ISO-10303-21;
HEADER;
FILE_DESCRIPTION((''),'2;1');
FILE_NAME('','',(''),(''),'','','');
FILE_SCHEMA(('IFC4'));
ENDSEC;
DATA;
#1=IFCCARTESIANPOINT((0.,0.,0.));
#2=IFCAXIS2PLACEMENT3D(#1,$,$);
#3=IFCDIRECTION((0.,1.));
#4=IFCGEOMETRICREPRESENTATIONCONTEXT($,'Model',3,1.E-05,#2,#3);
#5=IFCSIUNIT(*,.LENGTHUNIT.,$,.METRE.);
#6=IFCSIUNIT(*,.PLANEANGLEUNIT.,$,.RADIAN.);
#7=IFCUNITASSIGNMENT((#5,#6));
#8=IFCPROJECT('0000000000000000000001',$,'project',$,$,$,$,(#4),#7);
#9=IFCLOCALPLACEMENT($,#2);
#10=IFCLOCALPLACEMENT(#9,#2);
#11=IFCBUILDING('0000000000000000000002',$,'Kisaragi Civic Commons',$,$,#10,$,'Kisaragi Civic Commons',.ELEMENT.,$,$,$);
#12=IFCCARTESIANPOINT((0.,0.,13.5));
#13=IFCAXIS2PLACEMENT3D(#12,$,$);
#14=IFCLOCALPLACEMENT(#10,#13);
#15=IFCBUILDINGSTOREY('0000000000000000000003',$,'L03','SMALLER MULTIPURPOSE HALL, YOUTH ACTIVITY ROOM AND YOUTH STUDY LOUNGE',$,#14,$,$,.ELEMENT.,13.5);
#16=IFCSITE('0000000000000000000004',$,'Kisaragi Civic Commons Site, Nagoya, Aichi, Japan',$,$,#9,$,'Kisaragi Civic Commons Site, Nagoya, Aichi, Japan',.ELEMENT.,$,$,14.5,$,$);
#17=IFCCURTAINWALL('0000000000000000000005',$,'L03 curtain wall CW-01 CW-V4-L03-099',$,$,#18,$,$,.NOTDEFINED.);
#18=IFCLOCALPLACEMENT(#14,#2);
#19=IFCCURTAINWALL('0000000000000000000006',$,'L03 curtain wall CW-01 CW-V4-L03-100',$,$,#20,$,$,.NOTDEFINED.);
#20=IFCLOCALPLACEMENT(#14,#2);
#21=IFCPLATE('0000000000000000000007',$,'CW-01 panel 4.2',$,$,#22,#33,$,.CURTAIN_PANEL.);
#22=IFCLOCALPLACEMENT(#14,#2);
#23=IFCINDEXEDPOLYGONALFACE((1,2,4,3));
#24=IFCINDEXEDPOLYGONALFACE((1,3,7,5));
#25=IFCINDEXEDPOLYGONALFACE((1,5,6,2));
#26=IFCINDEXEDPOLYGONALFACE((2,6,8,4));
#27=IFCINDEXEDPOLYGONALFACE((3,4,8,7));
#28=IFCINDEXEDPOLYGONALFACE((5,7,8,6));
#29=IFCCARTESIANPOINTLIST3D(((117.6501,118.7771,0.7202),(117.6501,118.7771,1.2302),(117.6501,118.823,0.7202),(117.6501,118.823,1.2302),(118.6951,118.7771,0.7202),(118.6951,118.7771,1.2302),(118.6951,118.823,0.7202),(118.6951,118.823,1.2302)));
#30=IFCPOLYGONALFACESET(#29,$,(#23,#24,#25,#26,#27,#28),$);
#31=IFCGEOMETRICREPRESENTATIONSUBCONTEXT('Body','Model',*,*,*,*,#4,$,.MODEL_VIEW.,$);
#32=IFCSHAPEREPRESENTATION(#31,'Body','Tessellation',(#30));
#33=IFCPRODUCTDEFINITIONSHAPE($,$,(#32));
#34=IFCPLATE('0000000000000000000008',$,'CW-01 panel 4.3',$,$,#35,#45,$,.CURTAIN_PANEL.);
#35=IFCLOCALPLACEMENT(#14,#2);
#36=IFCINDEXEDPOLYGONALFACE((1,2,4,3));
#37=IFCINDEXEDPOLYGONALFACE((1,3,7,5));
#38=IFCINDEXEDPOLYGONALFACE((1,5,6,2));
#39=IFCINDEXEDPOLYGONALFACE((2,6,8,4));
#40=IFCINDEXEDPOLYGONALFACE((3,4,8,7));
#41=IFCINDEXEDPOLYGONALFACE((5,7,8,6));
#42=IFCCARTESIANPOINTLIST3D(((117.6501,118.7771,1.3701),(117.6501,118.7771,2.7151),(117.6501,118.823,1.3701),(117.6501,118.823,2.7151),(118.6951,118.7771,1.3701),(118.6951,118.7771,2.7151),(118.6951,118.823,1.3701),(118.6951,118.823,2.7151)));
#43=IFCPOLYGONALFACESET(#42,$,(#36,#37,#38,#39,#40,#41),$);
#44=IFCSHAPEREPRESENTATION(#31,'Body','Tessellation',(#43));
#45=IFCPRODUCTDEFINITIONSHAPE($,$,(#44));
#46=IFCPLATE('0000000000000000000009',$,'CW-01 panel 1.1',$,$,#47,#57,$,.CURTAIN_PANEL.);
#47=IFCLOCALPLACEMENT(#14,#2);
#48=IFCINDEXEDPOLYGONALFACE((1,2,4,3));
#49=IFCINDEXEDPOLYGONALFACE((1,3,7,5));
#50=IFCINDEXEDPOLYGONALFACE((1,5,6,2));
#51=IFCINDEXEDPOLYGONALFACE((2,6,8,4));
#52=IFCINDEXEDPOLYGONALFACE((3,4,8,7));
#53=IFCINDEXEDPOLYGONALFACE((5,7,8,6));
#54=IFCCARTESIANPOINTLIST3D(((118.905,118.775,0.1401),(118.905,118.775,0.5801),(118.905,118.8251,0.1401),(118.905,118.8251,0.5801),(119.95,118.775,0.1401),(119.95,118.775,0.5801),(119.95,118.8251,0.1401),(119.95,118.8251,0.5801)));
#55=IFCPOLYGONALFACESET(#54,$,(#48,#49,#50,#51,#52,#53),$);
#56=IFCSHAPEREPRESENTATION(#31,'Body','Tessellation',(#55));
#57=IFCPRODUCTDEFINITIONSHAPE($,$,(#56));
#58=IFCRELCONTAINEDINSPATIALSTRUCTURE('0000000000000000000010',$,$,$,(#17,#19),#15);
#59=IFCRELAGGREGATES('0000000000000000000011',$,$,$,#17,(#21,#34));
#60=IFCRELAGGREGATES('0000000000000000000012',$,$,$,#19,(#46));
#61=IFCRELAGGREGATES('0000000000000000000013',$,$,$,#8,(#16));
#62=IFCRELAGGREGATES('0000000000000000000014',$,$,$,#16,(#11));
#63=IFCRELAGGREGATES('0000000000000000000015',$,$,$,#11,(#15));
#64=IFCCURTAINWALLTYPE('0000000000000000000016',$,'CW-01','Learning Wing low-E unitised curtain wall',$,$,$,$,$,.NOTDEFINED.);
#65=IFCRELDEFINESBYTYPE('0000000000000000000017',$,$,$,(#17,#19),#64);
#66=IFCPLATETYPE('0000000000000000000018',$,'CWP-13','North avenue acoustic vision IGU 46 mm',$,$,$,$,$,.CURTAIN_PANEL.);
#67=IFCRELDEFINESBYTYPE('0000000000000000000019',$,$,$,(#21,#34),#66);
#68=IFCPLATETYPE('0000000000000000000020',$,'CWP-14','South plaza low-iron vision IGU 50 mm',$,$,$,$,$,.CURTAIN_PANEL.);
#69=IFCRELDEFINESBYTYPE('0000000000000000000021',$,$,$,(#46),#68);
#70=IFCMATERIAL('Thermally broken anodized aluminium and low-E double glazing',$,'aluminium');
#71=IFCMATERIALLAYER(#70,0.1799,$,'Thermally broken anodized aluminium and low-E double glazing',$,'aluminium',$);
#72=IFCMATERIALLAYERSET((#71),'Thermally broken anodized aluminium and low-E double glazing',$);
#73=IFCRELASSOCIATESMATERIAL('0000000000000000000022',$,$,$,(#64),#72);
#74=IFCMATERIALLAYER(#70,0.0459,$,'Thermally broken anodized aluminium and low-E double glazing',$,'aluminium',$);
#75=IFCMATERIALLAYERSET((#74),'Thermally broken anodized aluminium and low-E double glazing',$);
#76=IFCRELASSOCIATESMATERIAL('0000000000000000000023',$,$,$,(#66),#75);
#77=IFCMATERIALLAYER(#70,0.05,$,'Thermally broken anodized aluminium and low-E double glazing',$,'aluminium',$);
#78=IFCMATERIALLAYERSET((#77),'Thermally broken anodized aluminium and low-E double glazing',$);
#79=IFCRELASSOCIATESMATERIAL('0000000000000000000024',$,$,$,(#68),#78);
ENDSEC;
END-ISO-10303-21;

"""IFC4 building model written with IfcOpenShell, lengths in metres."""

from ifc_helpers import new_model, si_unit, direction, frame, origin, origin_2d, place, context, subcontext, project, spatial, rectangle, extrude, material, layer, layer_set, type_object, element, aggregate, save


model = new_model("IFC4")

# Units and contexts
model_context = context("Model", 3, precision=1e-05, world=origin(), true_north=direction((0.0, 1.0)))
body_context = subcontext(model_context, "Body", "Model", "MODEL_VIEW")
ifc_project = project(units=[si_unit("LENGTHUNIT", "METRE"), si_unit("PLANEANGLEUNIT", "RADIAN")], contexts=[model_context])

# Site, building, storey
site_placement = place(None, origin())
site = spatial("IfcSite", under=ifc_project, at=site_placement, Name="Kisaragi Civic Commons Site, Nagoya, Aichi, Japan", LongName="Kisaragi Civic Commons Site, Nagoya, Aichi, Japan", CompositionType="ELEMENT", RefElevation=14.5)
building_placement = place(site_placement, origin())
building = spatial("IfcBuilding", under=site, at=building_placement, Name="Kisaragi Civic Commons", LongName="Kisaragi Civic Commons", CompositionType="ELEMENT")
storey_placement = place(building_placement, frame((0.0, 0.0, 13.5)))
storey = spatial("IfcBuildingStorey", under=building, at=storey_placement, Name="L03", Description="SMALLER MULTIPURPOSE HALL, YOUTH ACTIVITY ROOM AND YOUTH STUDY LOUNGE", CompositionType="ELEMENT", Elevation=13.5)

# Curtain wall
ifc_material = material(Name="Thermally broken anodized aluminium and low-E double glazing", Category="aluminium")
ifc_layer_1 = layer(ifc_material, 0.1799, Name="Thermally broken anodized aluminium and low-E double glazing", Category="aluminium")
ifc_layer_set_1 = layer_set([ifc_layer_1], Name="Thermally broken anodized aluminium and low-E double glazing")
curtain_wall_type = type_object("IfcCurtainWallType", Name="CW-01", Description="Learning Wing low-E unitised curtain wall", PredefinedType="NOTDEFINED", material=ifc_layer_set_1)
curtain_wall_1_placement = place(storey_placement, origin())
curtain_wall_1 = element("IfcCurtainWall", 1, at=curtain_wall_1_placement, inside=storey, type_object=curtain_wall_type, Name="L03 curtain wall CW-01 CW-V4-L03-099", PredefinedType="NOTDEFINED")

# Curtain wall
curtain_wall_2_placement = place(storey_placement, origin())
curtain_wall_2 = element("IfcCurtainWall", 2, at=curtain_wall_2_placement, inside=storey, type_object=curtain_wall_type, Name="L03 curtain wall CW-01 CW-V4-L03-100", PredefinedType="NOTDEFINED")

# Plates
ifc_layer_2 = layer(ifc_material, 0.0459, Name="Thermally broken anodized aluminium and low-E double glazing", Category="aluminium")
ifc_layer_set_2 = layer_set([ifc_layer_2], Name="Thermally broken anodized aluminium and low-E double glazing")
plate_type_1 = type_object("IfcPlateType", Name="CWP-13", Description="North avenue acoustic vision IGU 46 mm", PredefinedType="CURTAIN_PANEL", material=ifc_layer_set_2)
plate_1_placement = place(storey_placement, frame((118.1726, 118.8, 0.7202), z_axis=(0.0, 0.0, 1.0), x_axis=(1.0, 0.0, 0.0)))
plate_1 = element("IfcPlate", 3, at=plate_1_placement, type_object=plate_type_1, Name="CW-01 panel 4.2", PredefinedType="CURTAIN_PANEL", context=body_context, shape_type="SweptSolid", body=[
    extrude(rectangle(XDim=1.0449, YDim=0.0459, at=origin_2d()), origin(), (0.0, 0.0, 1.0), 0.51),
])
plate_2_placement = place(storey_placement, frame((118.1726, 118.8, 1.3701), z_axis=(0.0, 0.0, 1.0), x_axis=(1.0, 0.0, 0.0)))
plate_2 = element("IfcPlate", 4, at=plate_2_placement, type_object=plate_type_1, Name="CW-01 panel 4.3", PredefinedType="CURTAIN_PANEL", context=body_context, shape_type="SweptSolid", body=[
    extrude(rectangle(XDim=1.0449, YDim=0.0459, at=origin_2d()), origin(), (0.0, 0.0, 1.0), 1.345),
])
aggregate(curtain_wall_1, [plate_1, plate_2])
ifc_layer_3 = layer(ifc_material, 0.05, Name="Thermally broken anodized aluminium and low-E double glazing", Category="aluminium")
ifc_layer_set_3 = layer_set([ifc_layer_3], Name="Thermally broken anodized aluminium and low-E double glazing")
plate_type_2 = type_object("IfcPlateType", Name="CWP-14", Description="South plaza low-iron vision IGU 50 mm", PredefinedType="CURTAIN_PANEL", material=ifc_layer_set_3)
plate_3_placement = place(storey_placement, frame((119.4275, 118.8, 0.1401), z_axis=(0.0, 0.0, 1.0), x_axis=(1.0, 0.0, 0.0)))
plate_3 = element("IfcPlate", 5, at=plate_3_placement, type_object=plate_type_2, Name="CW-01 panel 1.1", PredefinedType="CURTAIN_PANEL", context=body_context, shape_type="SweptSolid", body=[
    extrude(rectangle(XDim=1.0449, YDim=0.05, at=origin_2d()), origin(), (0.0, 0.0, 1.0), 0.4399),
])
aggregate(curtain_wall_2, [plate_3])

save(model, "model.ifc")
